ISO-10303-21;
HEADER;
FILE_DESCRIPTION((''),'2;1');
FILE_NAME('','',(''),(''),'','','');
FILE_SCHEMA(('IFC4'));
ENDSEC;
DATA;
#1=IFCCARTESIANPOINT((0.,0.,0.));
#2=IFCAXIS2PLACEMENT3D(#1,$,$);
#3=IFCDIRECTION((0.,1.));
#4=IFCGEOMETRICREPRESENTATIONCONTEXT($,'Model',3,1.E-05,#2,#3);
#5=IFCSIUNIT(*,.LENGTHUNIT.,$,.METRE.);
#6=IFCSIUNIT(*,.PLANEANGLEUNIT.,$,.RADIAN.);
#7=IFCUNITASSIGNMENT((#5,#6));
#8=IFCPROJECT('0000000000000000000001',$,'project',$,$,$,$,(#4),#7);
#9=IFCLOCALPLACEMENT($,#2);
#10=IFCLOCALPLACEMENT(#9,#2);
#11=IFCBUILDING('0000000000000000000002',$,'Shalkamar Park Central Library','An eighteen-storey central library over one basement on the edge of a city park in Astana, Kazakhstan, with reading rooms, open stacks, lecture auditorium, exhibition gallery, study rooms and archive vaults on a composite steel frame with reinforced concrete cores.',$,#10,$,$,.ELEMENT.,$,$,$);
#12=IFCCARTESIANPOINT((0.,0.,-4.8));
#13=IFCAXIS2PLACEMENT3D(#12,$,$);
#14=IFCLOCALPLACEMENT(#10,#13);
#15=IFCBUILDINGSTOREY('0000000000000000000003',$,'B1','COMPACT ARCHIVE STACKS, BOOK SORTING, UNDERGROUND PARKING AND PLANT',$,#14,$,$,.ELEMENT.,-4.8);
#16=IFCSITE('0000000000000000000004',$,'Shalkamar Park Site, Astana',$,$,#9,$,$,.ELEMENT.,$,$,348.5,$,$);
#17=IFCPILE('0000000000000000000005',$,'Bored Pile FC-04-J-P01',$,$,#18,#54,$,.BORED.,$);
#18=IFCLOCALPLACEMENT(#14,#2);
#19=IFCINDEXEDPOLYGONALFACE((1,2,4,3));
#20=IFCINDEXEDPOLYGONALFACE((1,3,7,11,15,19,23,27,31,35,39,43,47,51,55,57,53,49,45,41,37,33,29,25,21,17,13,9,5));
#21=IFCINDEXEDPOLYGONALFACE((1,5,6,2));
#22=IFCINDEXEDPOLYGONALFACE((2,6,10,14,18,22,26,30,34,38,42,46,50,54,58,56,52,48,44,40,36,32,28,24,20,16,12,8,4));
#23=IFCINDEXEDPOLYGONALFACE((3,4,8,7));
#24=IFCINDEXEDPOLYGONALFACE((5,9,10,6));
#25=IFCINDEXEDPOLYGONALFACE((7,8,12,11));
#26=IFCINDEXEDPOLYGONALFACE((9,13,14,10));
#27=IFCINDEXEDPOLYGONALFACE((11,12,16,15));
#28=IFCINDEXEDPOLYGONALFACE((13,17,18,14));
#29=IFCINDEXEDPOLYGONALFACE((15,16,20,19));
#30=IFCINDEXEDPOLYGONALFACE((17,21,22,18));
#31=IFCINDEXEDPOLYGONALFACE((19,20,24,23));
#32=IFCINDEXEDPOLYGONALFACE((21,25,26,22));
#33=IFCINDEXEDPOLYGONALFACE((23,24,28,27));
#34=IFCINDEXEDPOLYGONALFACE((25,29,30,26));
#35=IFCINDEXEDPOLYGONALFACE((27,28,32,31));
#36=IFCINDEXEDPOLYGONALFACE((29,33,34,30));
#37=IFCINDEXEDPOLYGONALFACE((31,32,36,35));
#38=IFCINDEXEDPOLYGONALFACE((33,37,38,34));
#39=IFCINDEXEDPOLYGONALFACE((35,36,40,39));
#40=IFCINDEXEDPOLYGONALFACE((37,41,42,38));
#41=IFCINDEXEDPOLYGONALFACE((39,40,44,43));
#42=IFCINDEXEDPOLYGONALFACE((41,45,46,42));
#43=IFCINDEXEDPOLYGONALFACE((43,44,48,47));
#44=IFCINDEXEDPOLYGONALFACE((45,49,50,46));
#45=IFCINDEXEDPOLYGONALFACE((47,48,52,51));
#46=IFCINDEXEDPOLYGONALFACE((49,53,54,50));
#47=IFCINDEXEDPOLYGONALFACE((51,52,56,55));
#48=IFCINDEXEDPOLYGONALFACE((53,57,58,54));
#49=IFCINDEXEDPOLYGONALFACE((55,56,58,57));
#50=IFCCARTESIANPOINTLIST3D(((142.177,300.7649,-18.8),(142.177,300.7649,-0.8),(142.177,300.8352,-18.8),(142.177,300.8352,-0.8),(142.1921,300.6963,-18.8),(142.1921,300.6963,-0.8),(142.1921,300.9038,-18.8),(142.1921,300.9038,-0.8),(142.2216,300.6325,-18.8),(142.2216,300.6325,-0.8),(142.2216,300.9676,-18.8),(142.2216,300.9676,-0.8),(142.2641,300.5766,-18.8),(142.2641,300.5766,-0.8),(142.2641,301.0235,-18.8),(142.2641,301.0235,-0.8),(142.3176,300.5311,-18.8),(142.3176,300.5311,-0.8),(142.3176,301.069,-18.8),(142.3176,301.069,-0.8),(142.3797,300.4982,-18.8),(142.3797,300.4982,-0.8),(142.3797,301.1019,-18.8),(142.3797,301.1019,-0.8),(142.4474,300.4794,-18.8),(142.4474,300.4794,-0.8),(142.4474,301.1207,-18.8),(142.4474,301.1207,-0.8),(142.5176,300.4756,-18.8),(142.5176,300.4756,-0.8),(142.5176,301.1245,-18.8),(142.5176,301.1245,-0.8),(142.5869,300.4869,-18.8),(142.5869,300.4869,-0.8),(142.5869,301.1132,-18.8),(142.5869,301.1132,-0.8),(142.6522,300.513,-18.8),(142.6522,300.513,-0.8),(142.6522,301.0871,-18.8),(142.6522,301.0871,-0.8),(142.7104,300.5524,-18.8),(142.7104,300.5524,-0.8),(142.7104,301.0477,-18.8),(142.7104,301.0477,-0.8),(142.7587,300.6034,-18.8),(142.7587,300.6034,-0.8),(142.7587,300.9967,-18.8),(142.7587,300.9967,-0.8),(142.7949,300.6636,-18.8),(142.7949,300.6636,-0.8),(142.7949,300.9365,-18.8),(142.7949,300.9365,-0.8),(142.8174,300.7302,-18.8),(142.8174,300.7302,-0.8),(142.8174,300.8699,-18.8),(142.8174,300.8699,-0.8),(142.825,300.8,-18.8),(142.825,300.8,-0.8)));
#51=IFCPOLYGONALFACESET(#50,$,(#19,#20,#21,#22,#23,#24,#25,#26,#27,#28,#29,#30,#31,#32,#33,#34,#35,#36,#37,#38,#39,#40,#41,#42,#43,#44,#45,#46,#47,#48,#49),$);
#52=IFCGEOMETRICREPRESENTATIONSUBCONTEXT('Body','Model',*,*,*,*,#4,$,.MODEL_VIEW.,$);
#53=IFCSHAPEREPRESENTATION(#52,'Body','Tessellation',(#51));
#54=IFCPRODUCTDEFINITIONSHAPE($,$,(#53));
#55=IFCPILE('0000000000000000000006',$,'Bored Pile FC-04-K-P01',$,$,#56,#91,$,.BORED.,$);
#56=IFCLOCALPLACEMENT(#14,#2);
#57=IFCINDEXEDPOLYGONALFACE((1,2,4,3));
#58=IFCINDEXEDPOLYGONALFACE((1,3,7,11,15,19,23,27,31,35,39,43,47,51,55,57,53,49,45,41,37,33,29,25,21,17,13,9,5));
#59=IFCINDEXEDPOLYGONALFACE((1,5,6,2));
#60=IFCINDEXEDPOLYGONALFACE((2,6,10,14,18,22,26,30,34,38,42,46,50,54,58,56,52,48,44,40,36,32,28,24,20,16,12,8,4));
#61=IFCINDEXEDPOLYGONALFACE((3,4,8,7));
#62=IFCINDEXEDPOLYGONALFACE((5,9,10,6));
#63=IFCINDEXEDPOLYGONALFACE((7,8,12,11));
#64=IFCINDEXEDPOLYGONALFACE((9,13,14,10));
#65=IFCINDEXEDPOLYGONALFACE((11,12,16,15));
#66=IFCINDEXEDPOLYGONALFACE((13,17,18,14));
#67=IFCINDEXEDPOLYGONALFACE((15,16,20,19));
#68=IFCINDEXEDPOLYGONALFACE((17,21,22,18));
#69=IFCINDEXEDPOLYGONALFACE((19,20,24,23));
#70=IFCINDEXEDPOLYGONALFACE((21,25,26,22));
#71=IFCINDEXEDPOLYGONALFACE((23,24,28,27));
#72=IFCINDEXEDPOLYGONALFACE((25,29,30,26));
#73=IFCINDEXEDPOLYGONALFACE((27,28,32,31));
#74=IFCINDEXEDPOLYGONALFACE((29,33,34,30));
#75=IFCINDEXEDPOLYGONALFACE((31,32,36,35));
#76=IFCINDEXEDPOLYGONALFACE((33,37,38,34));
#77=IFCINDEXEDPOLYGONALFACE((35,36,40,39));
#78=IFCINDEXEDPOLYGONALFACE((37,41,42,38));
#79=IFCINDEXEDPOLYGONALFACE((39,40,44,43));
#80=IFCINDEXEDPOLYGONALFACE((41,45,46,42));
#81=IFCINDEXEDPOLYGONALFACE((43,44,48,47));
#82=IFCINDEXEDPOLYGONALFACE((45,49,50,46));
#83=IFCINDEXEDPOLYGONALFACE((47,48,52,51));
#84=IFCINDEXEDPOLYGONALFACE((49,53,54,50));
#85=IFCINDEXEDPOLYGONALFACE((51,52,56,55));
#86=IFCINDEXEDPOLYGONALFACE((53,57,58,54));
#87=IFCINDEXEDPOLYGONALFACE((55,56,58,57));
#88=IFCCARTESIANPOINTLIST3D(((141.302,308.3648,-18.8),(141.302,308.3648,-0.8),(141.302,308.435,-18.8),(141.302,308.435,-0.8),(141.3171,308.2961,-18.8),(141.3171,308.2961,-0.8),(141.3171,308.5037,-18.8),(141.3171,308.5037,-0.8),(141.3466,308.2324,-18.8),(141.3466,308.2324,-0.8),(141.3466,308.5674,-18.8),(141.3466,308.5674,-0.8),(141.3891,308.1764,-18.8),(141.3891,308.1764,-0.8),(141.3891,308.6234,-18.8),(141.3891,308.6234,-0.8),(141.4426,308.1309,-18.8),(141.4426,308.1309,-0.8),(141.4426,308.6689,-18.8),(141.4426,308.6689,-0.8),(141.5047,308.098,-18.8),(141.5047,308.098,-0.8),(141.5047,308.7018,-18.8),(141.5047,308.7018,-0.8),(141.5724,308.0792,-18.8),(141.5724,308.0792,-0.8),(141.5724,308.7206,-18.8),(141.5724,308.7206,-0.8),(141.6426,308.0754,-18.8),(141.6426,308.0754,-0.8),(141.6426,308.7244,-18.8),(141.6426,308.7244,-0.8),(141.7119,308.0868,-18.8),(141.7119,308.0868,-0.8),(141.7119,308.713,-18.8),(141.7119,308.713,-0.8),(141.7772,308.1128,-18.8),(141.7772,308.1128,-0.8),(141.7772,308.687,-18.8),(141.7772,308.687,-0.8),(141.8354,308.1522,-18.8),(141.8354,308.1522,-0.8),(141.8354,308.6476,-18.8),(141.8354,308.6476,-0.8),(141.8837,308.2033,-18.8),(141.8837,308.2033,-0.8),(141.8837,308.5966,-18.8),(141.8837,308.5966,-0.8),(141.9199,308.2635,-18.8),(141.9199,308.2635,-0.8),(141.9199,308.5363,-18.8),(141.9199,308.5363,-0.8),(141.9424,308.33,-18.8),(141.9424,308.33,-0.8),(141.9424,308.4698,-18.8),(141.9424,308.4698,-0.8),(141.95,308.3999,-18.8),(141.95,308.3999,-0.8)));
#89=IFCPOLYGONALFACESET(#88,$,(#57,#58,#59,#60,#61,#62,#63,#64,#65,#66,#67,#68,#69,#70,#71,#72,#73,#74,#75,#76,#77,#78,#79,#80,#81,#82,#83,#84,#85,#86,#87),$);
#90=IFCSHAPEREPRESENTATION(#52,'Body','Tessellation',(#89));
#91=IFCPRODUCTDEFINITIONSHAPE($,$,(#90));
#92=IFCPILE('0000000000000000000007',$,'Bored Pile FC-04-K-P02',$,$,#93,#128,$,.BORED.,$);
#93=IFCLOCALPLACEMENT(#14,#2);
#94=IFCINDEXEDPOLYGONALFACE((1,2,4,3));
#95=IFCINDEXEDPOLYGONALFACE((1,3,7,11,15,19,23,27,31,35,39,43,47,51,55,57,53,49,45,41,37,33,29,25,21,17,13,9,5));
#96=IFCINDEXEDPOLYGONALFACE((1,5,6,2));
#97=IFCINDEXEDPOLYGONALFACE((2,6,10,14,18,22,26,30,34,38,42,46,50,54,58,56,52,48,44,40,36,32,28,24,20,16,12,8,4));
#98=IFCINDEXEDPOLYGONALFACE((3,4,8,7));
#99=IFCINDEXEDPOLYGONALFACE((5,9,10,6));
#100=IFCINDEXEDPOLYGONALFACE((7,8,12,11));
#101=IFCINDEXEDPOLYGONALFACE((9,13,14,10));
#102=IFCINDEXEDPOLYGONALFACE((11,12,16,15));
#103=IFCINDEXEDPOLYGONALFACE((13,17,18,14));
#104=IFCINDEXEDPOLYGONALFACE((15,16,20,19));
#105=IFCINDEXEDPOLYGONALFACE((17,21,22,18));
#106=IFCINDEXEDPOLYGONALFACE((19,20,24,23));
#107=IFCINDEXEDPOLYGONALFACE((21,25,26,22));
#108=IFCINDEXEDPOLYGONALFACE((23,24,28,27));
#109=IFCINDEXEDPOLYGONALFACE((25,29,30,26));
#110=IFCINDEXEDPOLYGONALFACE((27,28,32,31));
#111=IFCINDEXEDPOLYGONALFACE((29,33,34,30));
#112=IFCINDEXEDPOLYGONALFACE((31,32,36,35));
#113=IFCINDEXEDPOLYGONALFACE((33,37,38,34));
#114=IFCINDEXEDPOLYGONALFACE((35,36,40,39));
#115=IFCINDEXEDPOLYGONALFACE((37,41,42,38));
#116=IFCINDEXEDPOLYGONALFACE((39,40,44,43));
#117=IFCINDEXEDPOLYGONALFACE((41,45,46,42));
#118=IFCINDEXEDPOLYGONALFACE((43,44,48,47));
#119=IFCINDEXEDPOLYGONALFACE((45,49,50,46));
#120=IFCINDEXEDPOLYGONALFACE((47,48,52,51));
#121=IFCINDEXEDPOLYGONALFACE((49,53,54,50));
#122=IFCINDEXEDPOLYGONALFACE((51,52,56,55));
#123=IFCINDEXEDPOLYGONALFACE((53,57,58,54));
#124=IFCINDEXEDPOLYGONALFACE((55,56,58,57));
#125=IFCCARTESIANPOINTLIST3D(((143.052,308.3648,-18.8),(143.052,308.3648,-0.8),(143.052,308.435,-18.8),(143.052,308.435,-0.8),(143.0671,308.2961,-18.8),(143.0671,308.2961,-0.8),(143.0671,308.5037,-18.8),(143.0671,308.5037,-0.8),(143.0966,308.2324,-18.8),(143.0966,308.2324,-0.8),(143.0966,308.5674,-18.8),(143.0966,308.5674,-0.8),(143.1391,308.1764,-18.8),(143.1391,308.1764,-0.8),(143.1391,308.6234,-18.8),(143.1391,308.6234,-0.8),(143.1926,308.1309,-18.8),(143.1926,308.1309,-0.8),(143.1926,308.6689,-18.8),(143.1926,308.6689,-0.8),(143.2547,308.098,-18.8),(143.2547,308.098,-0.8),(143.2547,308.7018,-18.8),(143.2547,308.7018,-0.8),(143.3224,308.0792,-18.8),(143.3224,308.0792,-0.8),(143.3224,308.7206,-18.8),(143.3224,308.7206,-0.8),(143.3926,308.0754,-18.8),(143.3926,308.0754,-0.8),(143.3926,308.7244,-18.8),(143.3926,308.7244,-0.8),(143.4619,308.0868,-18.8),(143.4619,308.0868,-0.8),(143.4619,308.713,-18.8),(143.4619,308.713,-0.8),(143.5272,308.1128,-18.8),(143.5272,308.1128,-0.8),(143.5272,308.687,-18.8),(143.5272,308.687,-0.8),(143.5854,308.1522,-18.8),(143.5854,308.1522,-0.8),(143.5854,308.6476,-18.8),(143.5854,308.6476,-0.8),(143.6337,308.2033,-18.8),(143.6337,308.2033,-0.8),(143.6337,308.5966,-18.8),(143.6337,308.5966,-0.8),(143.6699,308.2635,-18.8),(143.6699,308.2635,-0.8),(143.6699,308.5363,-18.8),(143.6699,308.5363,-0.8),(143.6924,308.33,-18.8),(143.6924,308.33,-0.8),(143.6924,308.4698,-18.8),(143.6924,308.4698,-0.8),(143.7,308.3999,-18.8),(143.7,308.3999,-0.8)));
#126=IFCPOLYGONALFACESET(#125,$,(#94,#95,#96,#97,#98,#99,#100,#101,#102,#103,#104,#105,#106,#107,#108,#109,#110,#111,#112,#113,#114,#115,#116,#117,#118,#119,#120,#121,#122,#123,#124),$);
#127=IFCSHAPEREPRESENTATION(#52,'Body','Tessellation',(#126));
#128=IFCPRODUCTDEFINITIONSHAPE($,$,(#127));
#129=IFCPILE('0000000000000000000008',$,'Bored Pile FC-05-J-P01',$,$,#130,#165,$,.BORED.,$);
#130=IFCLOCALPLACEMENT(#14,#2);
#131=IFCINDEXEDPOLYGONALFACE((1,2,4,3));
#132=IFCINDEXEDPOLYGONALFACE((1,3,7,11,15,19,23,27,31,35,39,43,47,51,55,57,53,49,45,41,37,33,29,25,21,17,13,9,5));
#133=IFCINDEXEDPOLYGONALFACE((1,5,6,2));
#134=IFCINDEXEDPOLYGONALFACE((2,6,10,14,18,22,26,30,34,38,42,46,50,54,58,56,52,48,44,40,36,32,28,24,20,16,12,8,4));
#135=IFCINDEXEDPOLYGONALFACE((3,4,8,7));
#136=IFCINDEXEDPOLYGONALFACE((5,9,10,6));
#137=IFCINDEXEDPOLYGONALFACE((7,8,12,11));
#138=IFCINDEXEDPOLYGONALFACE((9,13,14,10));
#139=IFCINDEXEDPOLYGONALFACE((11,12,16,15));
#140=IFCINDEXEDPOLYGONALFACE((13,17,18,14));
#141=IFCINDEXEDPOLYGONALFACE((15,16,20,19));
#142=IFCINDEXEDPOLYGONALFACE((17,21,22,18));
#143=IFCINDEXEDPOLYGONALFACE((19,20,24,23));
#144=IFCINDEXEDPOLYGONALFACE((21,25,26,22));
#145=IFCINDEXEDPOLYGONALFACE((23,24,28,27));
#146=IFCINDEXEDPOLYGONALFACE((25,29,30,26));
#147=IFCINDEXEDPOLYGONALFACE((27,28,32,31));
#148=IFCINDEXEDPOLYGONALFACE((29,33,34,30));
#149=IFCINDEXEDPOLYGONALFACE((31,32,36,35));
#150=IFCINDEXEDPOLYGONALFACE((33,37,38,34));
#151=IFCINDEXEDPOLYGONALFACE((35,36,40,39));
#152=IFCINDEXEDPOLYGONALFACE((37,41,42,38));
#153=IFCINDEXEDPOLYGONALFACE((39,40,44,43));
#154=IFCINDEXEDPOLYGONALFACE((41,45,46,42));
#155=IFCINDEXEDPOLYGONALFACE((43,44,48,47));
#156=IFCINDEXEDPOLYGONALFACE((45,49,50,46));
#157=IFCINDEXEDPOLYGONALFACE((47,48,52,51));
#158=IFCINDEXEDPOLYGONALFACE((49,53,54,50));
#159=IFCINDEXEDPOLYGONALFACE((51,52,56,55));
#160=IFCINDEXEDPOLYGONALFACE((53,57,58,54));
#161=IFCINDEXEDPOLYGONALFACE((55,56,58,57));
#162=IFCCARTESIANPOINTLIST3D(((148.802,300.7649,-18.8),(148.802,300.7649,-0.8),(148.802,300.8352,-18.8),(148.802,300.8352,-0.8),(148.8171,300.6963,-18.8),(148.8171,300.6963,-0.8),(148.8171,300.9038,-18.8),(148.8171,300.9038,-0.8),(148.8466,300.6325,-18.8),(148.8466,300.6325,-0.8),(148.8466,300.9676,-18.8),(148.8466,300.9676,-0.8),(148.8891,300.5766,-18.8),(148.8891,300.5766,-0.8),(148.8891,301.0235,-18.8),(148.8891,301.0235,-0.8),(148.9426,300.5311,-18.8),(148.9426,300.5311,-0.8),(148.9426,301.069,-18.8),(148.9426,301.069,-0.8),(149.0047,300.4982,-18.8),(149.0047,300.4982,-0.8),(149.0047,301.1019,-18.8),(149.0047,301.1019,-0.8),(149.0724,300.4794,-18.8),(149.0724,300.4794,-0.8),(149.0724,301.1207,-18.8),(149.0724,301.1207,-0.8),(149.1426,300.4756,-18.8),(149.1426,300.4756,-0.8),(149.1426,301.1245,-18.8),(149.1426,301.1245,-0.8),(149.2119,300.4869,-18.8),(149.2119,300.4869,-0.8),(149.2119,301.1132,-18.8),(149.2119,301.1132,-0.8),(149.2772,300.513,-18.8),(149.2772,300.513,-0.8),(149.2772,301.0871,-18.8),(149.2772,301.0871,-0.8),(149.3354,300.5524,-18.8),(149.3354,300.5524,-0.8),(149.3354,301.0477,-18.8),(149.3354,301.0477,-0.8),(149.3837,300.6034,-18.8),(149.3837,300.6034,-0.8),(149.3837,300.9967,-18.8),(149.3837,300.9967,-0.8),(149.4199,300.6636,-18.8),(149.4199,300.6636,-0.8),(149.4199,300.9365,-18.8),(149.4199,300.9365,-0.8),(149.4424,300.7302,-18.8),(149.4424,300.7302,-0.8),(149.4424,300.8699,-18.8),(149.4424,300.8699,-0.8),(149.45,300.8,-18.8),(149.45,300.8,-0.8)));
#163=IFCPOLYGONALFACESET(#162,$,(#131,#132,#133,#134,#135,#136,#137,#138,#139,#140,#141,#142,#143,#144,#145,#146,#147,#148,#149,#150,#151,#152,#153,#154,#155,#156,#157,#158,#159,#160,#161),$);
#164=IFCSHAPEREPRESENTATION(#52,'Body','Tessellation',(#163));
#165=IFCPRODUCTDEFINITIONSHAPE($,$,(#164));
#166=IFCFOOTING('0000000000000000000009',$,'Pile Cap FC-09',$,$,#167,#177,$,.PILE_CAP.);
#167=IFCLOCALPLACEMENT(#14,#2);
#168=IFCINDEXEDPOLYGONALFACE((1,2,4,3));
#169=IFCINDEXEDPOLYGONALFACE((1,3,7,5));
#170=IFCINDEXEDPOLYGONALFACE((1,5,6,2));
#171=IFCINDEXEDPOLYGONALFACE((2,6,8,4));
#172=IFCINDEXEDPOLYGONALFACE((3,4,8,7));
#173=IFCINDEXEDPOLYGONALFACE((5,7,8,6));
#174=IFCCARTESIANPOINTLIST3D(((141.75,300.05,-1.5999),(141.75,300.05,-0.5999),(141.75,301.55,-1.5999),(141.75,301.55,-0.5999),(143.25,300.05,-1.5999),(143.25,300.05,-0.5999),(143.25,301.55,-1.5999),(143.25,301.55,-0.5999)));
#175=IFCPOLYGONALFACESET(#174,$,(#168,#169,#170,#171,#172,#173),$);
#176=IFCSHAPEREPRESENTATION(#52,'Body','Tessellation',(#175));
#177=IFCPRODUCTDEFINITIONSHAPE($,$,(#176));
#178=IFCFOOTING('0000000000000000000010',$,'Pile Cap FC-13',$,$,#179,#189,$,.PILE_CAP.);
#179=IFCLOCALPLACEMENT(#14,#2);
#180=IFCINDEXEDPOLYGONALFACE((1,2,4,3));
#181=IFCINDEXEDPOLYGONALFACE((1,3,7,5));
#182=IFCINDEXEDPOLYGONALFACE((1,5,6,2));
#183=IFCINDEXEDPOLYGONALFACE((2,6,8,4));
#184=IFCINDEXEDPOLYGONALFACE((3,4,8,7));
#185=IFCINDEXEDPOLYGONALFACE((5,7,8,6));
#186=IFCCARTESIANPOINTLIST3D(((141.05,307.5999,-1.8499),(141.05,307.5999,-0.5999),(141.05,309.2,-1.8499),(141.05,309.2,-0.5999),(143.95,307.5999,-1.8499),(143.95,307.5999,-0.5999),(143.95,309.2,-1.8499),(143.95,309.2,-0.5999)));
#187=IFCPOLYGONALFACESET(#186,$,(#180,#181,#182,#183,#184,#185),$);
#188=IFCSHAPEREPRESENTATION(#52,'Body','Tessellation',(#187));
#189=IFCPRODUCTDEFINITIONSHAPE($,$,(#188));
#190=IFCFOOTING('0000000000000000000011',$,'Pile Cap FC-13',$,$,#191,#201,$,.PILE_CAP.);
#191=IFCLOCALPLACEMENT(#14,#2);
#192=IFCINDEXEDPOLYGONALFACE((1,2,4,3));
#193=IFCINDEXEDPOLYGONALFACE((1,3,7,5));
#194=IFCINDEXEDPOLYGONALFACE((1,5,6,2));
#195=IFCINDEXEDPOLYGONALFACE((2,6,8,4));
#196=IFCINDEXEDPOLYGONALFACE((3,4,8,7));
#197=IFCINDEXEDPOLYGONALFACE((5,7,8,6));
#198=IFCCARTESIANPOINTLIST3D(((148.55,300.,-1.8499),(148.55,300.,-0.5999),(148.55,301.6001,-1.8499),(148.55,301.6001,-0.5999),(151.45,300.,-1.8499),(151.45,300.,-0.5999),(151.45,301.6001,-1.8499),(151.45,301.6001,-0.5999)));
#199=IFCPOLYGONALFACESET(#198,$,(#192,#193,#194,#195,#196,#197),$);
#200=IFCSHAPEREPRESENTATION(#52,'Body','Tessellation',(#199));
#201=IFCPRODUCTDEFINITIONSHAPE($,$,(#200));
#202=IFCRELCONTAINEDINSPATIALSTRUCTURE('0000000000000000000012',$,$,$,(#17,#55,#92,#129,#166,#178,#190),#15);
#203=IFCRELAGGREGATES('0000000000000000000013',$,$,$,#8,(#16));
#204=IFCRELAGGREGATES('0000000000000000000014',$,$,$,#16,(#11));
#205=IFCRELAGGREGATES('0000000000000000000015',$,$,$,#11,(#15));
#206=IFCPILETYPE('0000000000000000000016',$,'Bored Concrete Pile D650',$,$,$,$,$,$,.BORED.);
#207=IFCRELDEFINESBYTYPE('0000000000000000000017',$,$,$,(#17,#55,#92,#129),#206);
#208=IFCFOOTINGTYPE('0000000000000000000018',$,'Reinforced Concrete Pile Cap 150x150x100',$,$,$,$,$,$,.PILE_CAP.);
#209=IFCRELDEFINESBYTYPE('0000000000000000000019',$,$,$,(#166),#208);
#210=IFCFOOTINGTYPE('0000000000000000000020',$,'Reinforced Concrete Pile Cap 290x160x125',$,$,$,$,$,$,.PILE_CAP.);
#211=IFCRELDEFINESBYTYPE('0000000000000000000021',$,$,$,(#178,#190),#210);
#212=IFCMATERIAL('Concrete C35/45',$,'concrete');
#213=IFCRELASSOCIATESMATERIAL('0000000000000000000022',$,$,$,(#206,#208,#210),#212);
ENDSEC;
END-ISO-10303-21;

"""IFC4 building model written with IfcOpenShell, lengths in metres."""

from ifc_helpers import new_model, si_unit, direction, frame, origin, origin_2d, place, context, subcontext, project, spatial, rectangle, circle, extrude, material, material_profile, profile_set, type_object, element, save


model = new_model("IFC4")

# Units and contexts
model_context = context("Model", 3, precision=1e-05, world=origin(), true_north=direction((0.0, 1.0)))
body_context = subcontext(model_context, "Body", "Model", "MODEL_VIEW")
ifc_project = project(units=[si_unit("LENGTHUNIT", "METRE"), si_unit("PLANEANGLEUNIT", "RADIAN")], contexts=[model_context])

# Site, building, storey
site_placement = place(None, origin())
site = spatial("IfcSite", under=ifc_project, at=site_placement, Name="Shalkamar Park Site, Astana", CompositionType="ELEMENT", RefElevation=348.5)
building_placement = place(site_placement, origin())
building = spatial("IfcBuilding", under=site, at=building_placement, Name="Shalkamar Park Central Library", Description="An eighteen-storey central library over one basement on the edge of a city park in Astana, Kazakhstan, with reading rooms, open stacks, lecture auditorium, exhibition gallery, study rooms and archive vaults on a composite steel frame with reinforced concrete cores.", CompositionType="ELEMENT")
storey_placement = place(building_placement, frame((0.0, 0.0, -4.8)))
storey = spatial("IfcBuildingStorey", under=building, at=storey_placement, Name="B1", Description="COMPACT ARCHIVE STACKS, BOOK SORTING, UNDERGROUND PARKING AND PLANT", CompositionType="ELEMENT", Elevation=-4.8)

# Piles
ifc_material_1 = material(Name="Concrete C35/45", Category="concrete")
ifc_material_profile_1 = material_profile(ifc_material_1, circle(Radius=0.325, at=origin_2d()), Name="PILE D650")
ifc_profile_set_1 = profile_set([ifc_material_profile_1], Name="Concrete C35/45")
pile_type = type_object("IfcPileType", Name="Bored Concrete Pile D650", PredefinedType="BORED", material=ifc_profile_set_1)
for number, where, z_axis, x_axis, name in (
    (1, (142.5, 300.8, -0.8), (0.0, 0.0, -1.0), (1.0, 0.0, 0.0), "Bored Pile FC-04-J-P01"),
    (2, (141.625, 308.3999, -0.8), (0.0, 0.0, -1.0), (1.0, 0.0, 0.0), "Bored Pile FC-04-K-P01"),
    (3, (143.375, 308.3999, -0.8), (0.0, 0.0, -1.0), (1.0, 0.0, 0.0), "Bored Pile FC-04-K-P02"),
    (4, (149.125, 300.8, -0.8), (0.0, 0.0, -1.0), (1.0, 0.0, 0.0), "Bored Pile FC-05-J-P01"),
):
    element("IfcPile", number, at=place(storey_placement, frame(where, z_axis=z_axis, x_axis=x_axis)), inside=storey, type_object=pile_type, Name=name, PredefinedType="BORED", context=body_context, shape_type="SweptSolid", body=[
        extrude(circle(Radius=0.325, at=origin_2d()), origin(), (0.0, 0.0, 1.0), 18.0),
    ])

# Footings
footing_type_1 = type_object("IfcFootingType", Name="Reinforced Concrete Pile Cap 150x150x100", PredefinedType="PILE_CAP", material=ifc_material_1)
footing_placement = place(storey_placement, frame((142.5, 300.8, -1.5999), z_axis=(0.0, 0.0, 1.0), x_axis=(1.0, 0.0, 0.0)))
element("IfcFooting", 5, at=footing_placement, inside=storey, type_object=footing_type_1, Name="Pile Cap FC-09", PredefinedType="PILE_CAP", context=body_context, shape_type="SweptSolid", body=[
    extrude(rectangle(XDim=1.5, YDim=1.5, at=origin_2d()), origin(), (0.0, 0.0, 1.0), 1.0),
])
footing_type_2 = type_object("IfcFootingType", Name="Reinforced Concrete Pile Cap 290x160x125", PredefinedType="PILE_CAP", material=ifc_material_1)
for number, where, z_axis, x_axis, name in (
    (6, (142.5, 308.3999, -1.8499), (0.0, 0.0, 1.0), (1.0, 0.0, 0.0), "Pile Cap FC-13"),
    (7, (150.0, 300.8, -1.8499), (0.0, 0.0, 1.0), (1.0, 0.0, 0.0), "Pile Cap FC-13"),
):
    element("IfcFooting", number, at=place(storey_placement, frame(where, z_axis=z_axis, x_axis=x_axis)), inside=storey, type_object=footing_type_2, Name=name, PredefinedType="PILE_CAP", context=body_context, shape_type="SweptSolid", body=[
        extrude(rectangle(XDim=2.8999, YDim=1.6001, at=origin_2d()), origin(), (0.0, 0.0, 1.0), 1.25),
    ])

save(model, "model.ifc")
